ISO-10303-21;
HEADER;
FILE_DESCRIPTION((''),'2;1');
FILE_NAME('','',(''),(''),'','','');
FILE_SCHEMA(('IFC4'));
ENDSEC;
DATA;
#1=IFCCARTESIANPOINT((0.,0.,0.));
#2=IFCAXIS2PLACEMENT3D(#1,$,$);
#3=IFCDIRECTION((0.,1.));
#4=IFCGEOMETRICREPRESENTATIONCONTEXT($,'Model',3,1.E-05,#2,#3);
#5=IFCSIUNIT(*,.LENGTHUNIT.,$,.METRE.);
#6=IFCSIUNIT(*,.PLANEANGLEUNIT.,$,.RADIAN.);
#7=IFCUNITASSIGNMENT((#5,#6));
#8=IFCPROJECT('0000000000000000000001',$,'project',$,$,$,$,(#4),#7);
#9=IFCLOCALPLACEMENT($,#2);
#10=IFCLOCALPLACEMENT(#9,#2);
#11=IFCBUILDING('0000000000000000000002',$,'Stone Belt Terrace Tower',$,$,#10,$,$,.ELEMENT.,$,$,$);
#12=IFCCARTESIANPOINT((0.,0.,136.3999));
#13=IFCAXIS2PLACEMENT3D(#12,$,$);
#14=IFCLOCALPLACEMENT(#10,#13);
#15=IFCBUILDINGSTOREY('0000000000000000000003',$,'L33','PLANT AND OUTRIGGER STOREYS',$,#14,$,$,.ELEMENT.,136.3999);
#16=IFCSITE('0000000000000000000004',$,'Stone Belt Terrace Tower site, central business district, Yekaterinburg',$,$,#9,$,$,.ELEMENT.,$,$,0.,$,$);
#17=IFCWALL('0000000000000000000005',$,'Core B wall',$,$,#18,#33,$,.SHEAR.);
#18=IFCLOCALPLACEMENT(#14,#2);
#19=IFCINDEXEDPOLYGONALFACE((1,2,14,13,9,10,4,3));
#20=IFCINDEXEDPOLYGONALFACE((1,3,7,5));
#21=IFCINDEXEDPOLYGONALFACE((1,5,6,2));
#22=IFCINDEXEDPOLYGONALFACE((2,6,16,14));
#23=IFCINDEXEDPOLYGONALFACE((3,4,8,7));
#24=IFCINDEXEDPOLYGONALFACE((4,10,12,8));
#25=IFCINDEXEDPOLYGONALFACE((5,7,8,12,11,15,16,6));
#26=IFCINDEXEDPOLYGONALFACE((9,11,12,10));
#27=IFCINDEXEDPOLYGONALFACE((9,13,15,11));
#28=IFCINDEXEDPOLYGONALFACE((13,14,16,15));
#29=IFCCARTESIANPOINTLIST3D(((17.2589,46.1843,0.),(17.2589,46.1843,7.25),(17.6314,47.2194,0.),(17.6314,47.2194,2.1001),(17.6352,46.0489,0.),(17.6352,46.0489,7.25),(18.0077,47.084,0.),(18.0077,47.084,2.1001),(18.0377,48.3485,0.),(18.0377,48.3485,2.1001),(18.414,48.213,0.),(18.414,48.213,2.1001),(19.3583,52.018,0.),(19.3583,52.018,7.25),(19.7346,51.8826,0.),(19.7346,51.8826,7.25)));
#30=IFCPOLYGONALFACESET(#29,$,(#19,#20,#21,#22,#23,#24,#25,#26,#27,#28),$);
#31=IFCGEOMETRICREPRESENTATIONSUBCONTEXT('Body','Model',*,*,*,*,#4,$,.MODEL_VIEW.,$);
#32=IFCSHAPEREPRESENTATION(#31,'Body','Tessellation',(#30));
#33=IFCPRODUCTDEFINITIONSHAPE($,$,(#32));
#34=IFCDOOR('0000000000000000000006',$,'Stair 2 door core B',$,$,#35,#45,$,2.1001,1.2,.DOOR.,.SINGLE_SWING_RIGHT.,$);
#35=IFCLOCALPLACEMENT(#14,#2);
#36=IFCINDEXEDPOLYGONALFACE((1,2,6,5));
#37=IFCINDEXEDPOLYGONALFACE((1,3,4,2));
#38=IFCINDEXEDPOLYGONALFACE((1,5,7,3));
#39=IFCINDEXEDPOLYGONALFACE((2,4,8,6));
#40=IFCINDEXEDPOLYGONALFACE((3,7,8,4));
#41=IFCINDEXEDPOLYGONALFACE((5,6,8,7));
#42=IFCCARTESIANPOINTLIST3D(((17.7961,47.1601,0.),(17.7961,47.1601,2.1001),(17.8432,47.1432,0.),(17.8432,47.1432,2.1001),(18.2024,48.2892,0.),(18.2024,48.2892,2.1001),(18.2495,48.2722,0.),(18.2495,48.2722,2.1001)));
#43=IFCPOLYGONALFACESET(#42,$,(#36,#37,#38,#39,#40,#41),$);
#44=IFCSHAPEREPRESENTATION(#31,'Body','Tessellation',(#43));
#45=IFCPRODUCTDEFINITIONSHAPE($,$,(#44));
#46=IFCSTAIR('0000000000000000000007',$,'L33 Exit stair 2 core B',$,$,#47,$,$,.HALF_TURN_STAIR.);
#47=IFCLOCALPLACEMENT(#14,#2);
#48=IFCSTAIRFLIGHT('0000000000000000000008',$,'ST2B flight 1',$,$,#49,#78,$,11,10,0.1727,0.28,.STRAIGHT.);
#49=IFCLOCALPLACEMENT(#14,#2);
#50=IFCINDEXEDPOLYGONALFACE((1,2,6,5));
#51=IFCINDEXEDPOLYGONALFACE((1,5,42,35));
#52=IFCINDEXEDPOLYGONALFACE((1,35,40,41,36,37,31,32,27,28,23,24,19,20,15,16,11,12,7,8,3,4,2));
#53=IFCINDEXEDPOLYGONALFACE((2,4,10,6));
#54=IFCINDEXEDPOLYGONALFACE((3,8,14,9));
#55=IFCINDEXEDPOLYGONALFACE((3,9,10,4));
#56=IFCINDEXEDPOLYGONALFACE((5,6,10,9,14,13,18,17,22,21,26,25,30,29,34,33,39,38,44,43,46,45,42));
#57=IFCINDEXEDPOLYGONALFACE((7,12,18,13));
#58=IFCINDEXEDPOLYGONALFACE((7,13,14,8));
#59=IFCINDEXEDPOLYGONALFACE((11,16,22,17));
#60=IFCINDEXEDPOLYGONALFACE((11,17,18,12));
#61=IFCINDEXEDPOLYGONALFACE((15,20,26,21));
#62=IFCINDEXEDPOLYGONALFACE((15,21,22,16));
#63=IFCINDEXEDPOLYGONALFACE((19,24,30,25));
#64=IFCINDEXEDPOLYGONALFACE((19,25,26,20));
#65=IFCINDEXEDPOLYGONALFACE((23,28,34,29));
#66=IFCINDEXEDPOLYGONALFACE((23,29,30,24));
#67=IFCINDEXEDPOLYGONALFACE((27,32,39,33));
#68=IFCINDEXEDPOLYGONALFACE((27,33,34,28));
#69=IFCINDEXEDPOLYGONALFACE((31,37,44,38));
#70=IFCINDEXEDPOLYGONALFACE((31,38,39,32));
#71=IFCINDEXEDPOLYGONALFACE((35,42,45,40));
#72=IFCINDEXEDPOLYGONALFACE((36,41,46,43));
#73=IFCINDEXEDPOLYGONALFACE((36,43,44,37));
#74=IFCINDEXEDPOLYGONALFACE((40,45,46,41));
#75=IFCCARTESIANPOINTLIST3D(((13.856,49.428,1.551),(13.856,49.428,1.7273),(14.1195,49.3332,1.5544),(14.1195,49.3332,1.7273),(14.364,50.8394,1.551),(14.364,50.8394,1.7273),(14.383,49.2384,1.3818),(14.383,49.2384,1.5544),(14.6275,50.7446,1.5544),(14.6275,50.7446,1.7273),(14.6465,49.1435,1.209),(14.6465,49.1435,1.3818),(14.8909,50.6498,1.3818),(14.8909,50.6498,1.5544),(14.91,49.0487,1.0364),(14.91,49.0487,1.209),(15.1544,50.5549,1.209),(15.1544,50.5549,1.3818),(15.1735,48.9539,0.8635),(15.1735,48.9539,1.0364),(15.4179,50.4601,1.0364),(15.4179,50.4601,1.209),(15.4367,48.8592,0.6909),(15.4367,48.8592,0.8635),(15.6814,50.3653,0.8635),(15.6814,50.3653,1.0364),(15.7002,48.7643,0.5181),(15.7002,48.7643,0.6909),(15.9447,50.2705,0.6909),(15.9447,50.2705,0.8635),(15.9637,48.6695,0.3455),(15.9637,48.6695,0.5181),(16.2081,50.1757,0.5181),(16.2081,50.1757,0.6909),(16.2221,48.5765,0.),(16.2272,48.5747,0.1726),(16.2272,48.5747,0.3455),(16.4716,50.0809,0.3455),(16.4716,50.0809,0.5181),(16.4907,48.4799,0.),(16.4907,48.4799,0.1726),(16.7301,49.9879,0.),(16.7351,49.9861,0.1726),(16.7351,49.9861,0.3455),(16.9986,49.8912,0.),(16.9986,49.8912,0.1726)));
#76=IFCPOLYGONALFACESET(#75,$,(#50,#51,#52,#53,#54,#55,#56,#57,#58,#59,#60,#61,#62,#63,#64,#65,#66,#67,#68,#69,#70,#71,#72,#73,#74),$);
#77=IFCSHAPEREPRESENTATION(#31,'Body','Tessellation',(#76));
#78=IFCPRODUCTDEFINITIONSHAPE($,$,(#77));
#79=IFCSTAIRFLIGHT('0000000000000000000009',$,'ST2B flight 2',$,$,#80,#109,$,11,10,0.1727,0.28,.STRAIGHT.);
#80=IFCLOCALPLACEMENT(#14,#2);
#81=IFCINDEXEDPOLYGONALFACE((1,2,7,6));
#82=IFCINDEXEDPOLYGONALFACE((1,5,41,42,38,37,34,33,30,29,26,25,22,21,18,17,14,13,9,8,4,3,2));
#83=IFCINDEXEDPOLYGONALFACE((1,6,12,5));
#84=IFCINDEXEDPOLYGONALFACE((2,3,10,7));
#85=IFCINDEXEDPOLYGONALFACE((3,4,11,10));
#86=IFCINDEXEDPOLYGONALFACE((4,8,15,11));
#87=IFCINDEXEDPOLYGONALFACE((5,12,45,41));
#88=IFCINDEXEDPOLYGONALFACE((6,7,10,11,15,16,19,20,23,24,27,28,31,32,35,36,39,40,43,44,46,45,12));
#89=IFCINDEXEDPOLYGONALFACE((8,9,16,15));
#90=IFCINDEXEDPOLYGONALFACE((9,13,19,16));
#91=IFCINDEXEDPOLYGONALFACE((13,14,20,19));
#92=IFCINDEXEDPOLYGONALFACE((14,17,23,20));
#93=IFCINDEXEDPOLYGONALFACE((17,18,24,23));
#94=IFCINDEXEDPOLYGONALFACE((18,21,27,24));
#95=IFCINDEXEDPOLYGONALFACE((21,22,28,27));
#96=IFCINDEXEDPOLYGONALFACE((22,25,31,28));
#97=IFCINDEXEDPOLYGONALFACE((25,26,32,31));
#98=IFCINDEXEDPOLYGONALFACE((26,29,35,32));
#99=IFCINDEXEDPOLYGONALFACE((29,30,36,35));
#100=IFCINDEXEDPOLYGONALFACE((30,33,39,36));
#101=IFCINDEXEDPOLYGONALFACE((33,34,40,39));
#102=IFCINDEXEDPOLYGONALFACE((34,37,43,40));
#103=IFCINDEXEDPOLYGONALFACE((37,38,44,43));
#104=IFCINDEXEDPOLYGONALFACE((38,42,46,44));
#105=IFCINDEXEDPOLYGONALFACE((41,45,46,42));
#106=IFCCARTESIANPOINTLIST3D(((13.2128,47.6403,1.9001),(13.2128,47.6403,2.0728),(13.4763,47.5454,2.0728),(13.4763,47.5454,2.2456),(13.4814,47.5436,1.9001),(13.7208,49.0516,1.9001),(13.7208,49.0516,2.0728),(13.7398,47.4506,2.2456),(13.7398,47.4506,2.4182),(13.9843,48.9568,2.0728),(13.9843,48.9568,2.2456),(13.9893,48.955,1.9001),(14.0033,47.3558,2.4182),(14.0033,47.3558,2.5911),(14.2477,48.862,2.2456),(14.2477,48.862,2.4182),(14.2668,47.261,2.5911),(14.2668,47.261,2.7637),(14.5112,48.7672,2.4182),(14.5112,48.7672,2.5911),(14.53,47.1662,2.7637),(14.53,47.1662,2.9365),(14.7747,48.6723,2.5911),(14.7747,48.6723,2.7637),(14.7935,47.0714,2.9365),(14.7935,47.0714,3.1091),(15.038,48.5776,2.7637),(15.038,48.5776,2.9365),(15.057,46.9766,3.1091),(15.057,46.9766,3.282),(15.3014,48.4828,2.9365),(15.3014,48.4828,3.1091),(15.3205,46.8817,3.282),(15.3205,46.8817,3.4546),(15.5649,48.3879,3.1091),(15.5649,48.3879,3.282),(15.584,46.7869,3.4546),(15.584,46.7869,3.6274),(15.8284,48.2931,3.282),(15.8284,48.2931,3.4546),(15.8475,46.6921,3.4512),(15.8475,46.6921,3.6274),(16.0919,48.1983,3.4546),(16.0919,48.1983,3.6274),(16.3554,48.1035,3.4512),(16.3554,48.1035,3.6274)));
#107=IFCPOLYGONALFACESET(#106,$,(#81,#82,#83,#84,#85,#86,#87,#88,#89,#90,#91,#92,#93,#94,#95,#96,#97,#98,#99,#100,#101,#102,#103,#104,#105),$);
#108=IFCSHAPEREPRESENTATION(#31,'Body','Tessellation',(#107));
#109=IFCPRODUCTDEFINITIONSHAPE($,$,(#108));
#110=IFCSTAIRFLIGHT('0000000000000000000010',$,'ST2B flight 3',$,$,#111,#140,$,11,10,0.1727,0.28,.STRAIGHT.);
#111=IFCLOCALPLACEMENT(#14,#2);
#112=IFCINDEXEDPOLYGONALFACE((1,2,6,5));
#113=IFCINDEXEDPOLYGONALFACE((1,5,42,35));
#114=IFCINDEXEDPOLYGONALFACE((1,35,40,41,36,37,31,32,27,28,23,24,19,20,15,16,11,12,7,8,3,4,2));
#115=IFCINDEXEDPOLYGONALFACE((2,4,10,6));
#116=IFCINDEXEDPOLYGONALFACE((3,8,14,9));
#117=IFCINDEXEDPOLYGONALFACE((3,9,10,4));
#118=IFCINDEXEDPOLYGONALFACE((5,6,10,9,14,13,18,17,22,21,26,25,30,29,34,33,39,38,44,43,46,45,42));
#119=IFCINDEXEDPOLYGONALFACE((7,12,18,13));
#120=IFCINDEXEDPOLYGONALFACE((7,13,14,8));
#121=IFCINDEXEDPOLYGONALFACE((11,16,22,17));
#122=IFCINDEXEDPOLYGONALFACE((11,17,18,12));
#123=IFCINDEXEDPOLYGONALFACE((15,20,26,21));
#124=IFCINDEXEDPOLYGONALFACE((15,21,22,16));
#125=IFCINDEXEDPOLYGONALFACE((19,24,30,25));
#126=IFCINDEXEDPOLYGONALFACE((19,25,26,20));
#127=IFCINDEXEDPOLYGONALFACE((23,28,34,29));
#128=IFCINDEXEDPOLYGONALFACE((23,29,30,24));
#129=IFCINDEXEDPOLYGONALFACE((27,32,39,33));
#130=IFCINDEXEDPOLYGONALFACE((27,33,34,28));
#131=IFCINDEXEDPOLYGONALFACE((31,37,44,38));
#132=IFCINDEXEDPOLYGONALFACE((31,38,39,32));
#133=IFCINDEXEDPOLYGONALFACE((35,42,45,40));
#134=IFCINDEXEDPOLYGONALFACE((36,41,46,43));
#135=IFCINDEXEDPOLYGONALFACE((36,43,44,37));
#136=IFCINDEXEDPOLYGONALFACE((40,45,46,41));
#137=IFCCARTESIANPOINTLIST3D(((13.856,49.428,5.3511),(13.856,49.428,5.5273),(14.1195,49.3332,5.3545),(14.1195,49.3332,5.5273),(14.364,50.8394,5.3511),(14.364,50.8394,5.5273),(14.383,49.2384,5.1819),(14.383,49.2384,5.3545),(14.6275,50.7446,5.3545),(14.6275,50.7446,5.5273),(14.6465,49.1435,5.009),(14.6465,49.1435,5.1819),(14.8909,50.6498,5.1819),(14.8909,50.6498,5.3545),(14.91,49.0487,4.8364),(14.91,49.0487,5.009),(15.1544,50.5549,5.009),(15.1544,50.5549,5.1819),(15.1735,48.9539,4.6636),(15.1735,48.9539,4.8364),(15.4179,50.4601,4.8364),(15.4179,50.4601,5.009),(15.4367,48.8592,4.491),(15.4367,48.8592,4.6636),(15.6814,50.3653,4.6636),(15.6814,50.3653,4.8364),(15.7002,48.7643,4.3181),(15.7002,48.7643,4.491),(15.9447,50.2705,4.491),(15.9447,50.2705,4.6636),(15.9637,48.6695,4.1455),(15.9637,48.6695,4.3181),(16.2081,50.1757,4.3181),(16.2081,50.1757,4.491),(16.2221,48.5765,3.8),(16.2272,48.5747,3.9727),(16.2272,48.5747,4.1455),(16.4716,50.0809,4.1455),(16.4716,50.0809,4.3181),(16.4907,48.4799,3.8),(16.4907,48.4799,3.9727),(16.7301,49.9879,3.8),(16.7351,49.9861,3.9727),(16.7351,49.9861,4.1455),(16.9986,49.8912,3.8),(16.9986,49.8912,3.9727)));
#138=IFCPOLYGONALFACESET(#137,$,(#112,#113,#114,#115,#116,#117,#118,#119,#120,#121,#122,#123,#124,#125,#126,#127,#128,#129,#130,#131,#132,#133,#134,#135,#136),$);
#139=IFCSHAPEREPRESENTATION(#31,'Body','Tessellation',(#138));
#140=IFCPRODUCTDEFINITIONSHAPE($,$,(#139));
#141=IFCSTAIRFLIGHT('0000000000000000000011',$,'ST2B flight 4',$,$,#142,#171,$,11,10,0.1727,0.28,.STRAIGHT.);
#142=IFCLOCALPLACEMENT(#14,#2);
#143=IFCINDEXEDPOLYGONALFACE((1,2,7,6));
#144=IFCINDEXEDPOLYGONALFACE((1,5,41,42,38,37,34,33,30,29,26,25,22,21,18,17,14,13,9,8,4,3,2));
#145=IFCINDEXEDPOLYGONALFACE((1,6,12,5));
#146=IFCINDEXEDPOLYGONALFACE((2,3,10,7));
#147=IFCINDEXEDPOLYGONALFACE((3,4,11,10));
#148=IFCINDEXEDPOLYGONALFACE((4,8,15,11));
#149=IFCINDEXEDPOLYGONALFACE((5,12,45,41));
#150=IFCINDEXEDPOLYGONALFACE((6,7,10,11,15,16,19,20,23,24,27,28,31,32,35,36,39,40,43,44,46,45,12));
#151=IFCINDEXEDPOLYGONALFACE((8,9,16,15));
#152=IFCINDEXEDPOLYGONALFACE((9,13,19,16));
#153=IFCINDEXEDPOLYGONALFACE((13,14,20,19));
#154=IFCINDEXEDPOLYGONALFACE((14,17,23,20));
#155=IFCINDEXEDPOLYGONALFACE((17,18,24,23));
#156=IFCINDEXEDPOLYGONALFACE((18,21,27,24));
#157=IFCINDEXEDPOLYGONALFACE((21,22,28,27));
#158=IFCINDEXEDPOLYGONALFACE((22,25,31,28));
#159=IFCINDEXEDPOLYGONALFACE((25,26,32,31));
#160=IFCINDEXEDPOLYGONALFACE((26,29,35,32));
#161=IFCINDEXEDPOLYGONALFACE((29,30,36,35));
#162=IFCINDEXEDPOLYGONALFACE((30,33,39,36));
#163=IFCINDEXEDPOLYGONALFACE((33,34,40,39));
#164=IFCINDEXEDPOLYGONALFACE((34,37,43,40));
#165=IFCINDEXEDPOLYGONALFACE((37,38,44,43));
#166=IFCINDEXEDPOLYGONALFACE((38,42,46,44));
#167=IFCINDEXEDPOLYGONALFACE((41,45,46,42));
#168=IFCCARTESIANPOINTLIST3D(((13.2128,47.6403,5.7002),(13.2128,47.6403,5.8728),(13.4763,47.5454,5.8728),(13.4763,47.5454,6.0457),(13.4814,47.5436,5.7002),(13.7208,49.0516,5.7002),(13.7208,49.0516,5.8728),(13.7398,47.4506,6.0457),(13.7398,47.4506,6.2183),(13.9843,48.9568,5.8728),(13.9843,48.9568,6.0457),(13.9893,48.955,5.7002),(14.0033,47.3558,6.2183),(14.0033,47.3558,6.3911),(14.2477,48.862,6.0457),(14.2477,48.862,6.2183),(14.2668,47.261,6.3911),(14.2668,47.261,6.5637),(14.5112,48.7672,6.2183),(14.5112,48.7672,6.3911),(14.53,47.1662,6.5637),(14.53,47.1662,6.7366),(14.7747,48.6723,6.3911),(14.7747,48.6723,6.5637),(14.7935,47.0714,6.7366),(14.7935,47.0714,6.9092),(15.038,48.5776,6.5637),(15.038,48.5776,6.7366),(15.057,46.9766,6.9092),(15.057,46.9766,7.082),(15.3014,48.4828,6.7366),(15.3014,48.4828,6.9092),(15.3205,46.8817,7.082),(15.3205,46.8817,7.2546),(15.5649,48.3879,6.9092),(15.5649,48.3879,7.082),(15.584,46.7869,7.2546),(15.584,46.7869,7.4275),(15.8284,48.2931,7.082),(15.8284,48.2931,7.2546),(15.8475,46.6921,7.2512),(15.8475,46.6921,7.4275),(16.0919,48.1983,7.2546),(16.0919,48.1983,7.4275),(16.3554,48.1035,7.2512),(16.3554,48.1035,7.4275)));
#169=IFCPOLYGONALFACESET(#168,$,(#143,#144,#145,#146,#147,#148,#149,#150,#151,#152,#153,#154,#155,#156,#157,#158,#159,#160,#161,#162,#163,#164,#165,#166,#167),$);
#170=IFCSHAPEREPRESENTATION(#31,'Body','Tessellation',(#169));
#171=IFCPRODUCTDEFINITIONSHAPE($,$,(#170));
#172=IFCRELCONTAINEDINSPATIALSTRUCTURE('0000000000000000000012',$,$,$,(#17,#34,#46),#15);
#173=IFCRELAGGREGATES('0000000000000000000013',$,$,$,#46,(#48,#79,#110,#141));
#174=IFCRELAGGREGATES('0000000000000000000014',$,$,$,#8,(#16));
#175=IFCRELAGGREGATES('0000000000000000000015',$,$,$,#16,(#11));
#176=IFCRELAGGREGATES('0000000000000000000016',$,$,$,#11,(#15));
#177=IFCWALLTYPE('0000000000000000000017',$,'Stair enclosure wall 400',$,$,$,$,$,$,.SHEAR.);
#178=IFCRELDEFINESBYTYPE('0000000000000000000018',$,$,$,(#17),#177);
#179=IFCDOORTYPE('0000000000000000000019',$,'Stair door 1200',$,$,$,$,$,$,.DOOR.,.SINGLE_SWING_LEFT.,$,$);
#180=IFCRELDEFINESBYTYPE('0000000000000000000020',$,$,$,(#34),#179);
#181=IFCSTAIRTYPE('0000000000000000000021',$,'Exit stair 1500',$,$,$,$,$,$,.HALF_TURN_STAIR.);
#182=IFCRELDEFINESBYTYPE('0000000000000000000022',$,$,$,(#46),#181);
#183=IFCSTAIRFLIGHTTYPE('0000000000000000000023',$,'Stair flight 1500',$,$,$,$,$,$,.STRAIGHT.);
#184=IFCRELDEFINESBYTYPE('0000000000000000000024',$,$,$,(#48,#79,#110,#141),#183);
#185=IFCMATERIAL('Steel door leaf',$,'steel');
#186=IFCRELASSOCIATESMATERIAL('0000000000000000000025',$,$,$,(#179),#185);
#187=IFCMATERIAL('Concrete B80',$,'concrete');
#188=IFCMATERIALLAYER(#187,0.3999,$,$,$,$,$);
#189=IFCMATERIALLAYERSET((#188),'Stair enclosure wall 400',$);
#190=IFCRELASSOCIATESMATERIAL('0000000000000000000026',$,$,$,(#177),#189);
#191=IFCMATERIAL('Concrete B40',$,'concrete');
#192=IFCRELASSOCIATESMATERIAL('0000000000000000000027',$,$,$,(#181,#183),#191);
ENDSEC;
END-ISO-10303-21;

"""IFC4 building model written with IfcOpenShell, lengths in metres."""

from ifc_helpers import new_model, si_unit, direction, frame, frame_2d, origin, place, context, subcontext, project, spatial, polyline, rectangle, outline, extrude, material, layer, layer_set, type_object, element, fill, aggregate, save


model = new_model("IFC4")

# Units and contexts
model_context = context("Model", 3, precision=1e-05, world=origin(), true_north=direction((0.0, 1.0)))
body_context = subcontext(model_context, "Body", "Model", "MODEL_VIEW")
ifc_project = project(units=[si_unit("LENGTHUNIT", "METRE"), si_unit("PLANEANGLEUNIT", "RADIAN")], contexts=[model_context])

# Site, building, storey
site_placement = place(None, origin())
site = spatial("IfcSite", under=ifc_project, at=site_placement, Name="Stone Belt Terrace Tower site, central business district, Yekaterinburg", CompositionType="ELEMENT", RefElevation=0.0)
building_placement = place(site_placement, origin())
building = spatial("IfcBuilding", under=site, at=building_placement, Name="Stone Belt Terrace Tower", CompositionType="ELEMENT")
storey_placement = place(building_placement, frame((0.0, 0.0, 136.3999)))
storey = spatial("IfcBuildingStorey", under=building, at=storey_placement, Name="L33", Description="PLANT AND OUTRIGGER STOREYS", CompositionType="ELEMENT", Elevation=136.3999)

# Shared definitions
ifc_material_1 = material(Name="Concrete B80", Category="concrete")

# Wall, opening, door
ifc_material_2 = material(Name="Steel door leaf", Category="steel")
door_type_1 = type_object("IfcDoorType", Name="Stair door 1200", OperationType="SINGLE_SWING_LEFT", PredefinedType="DOOR", material=ifc_material_2)
ifc_layer_1 = layer(ifc_material_1, 0.3999)
ifc_layer_set_1 = layer_set([ifc_layer_1], Name="Stair enclosure wall 400")
wall_type_1 = type_object("IfcWallType", Name="Stair enclosure wall 400", PredefinedType="SHEAR", material=ifc_layer_set_1)
wall_1_placement = place(storey_placement, frame((17.447, 46.1165, 0.0), z_axis=(0.0, 0.0, 1.0), x_axis=(0.338608, 0.940928, 0.0)))
wall_1 = element("IfcWall", 1, at=wall_1_placement, inside=storey, type_object=wall_type_1, Name="Core B wall", PredefinedType="SHEAR", context=body_context, shape_type="SweptSolid", body=[
    extrude(rectangle(XDim=6.2, YDim=0.3999, at=frame_2d((3.1001, 0.0))), origin(), (0.0, 0.0, 1.0), 7.25),
])
opening_1_placement = place(wall_1_placement, frame((1.1001, 0.0, 0.0)))
opening_1 = element("IfcOpeningElement", 2, at=opening_1_placement, cuts=wall_1, PredefinedType="OPENING", context=body_context, shape_type="SweptSolid", body=[
    extrude(rectangle(XDim=1.2, YDim=2.1001, at=frame_2d((0.6001, 1.05))), frame((0.0, 0.21, 0.0), z_axis=(0.0, -1.0, 0.0), x_axis=(1.0, 0.0, 0.0)), (0.0, 0.0, 1.0), 0.4199),
])
door_1_placement = place(opening_1_placement, origin())
door_1 = element("IfcDoor", 3, at=door_1_placement, inside=storey, type_object=door_type_1, Name="Stair 2 door core B", OperationType="SINGLE_SWING_RIGHT", OverallHeight=2.1001, OverallWidth=1.2, PredefinedType="DOOR", context=body_context, shape_type="SweptSolid", body=[
    extrude(rectangle(XDim=1.2, YDim=2.1001, at=frame_2d((0.6001, 1.05))), frame((0.0, 0.0249, 0.0), z_axis=(0.0, -1.0, 0.0), x_axis=(1.0, 0.0, 0.0)), (0.0, 0.0, 1.0), 0.05),
])
fill(opening_1, door_1)

# Stair, stair flights
ifc_material_3 = material(Name="Concrete B40", Category="concrete")
stair_type = type_object("IfcStairType", Name="Exit stair 1500", PredefinedType="HALF_TURN_STAIR", material=ifc_material_3)
stair_placement = place(storey_placement, origin())
stair = element("IfcStair", 4, at=stair_placement, inside=storey, type_object=stair_type, Name="L33 Exit stair 2 core B", PredefinedType="HALF_TURN_STAIR")
stair_flight_type = type_object("IfcStairFlightType", Name="Stair flight 1500", PredefinedType="STRAIGHT", material=ifc_material_3)
stair_flight_1_placement = place(storey_placement, frame((16.7446, 49.1855, 0.0), z_axis=(0.0, 0.0, 1.0), x_axis=(-0.940922, 0.338624, 0.0)))
stair_flight_1 = element("IfcStairFlight", 5, at=stair_flight_1_placement, type_object=stair_flight_type, Name="ST2B flight 1", NumberOfRisers=11, NumberOfTreads=10, PredefinedType="STRAIGHT", RiserHeight=0.1727, TreadLength=0.28, context=body_context, shape_type="SweptSolid", body=[
    extrude(outline(polyline([(0.0, 0.0), (0.0, 0.1726), (0.28, 0.1726), (0.28, 0.3455), (0.5601, 0.3455), (0.5601, 0.5181), (0.8401, 0.5181), (0.8401, 0.6909), (1.1201, 0.6909), (1.1201, 0.8635), (1.3999, 0.8635), (1.3999, 1.0364), (1.6799, 1.0364), (1.6799, 1.209), (1.96, 1.209), (1.96, 1.3818), (2.24, 1.3818), (2.24, 1.5544), (2.52, 1.5544), (2.52, 1.7273), (2.8, 1.7273), (2.8, 1.8999), (2.8, 1.551), (0.2854, 0.0), (0.0, 0.0)])), frame((0.0, 0.75, 0.0), z_axis=(0.0, -1.0, 0.0), x_axis=(1.0, 0.0, 0.0)), (0.0, 0.0, 1.0), 1.5),
])
stair_flight_2_placement = place(storey_placement, frame((13.4668, 48.3459, 1.9001), z_axis=(0.0, 0.0, 1.0), x_axis=(0.940922, -0.338624, 0.0)))
stair_flight_2 = element("IfcStairFlight", 6, at=stair_flight_2_placement, type_object=stair_flight_type, Name="ST2B flight 2", NumberOfRisers=11, NumberOfTreads=10, PredefinedType="STRAIGHT", RiserHeight=0.1727, TreadLength=0.28, context=body_context, shape_type="SweptSolid", body=[
    extrude(outline(polyline([(0.0, 0.0), (0.0, 0.1726), (0.28, 0.1726), (0.28, 0.3455), (0.5601, 0.3455), (0.5601, 0.5181), (0.8401, 0.5181), (0.8401, 0.6909), (1.1201, 0.6909), (1.1201, 0.8635), (1.3999, 0.8635), (1.3999, 1.0364), (1.6799, 1.0364), (1.6799, 1.209), (1.96, 1.209), (1.96, 1.3818), (2.24, 1.3818), (2.24, 1.5544), (2.52, 1.5544), (2.52, 1.7273), (2.8, 1.7273), (2.8, 1.8999), (2.8, 1.551), (0.2854, 0.0), (0.0, 0.0)])), frame((0.0, 0.75, 0.0), z_axis=(0.0, -1.0, 0.0), x_axis=(1.0, 0.0, 0.0)), (0.0, 0.0, 1.0), 1.5),
])
stair_flight_3_placement = place(storey_placement, frame((16.7446, 49.1855, 3.8), z_axis=(0.0, 0.0, 1.0), x_axis=(-0.940922, 0.338624, 0.0)))
stair_flight_3 = element("IfcStairFlight", 7, at=stair_flight_3_placement, type_object=stair_flight_type, Name="ST2B flight 3", NumberOfRisers=11, NumberOfTreads=10, PredefinedType="STRAIGHT", RiserHeight=0.1727, TreadLength=0.28, context=body_context, shape_type="SweptSolid", body=[
    extrude(outline(polyline([(0.0, 0.0), (0.0, 0.1726), (0.28, 0.1726), (0.28, 0.3455), (0.5601, 0.3455), (0.5601, 0.5181), (0.8401, 0.5181), (0.8401, 0.6909), (1.1201, 0.6909), (1.1201, 0.8635), (1.3999, 0.8635), (1.3999, 1.0364), (1.6799, 1.0364), (1.6799, 1.209), (1.96, 1.209), (1.96, 1.3818), (2.24, 1.3818), (2.24, 1.5544), (2.52, 1.5544), (2.52, 1.7273), (2.8, 1.7273), (2.8, 1.8999), (2.8, 1.551), (0.2854, 0.0), (0.0, 0.0)])), frame((0.0, 0.75, 0.0), z_axis=(0.0, -1.0, 0.0), x_axis=(1.0, 0.0, 0.0)), (0.0, 0.0, 1.0), 1.5),
])
stair_flight_4_placement = place(storey_placement, frame((13.4668, 48.3459, 5.7002), z_axis=(0.0, 0.0, 1.0), x_axis=(0.940922, -0.338624, 0.0)))
stair_flight_4 = element("IfcStairFlight", 8, at=stair_flight_4_placement, type_object=stair_flight_type, Name="ST2B flight 4", NumberOfRisers=11, NumberOfTreads=10, PredefinedType="STRAIGHT", RiserHeight=0.1727, TreadLength=0.28, context=body_context, shape_type="SweptSolid", body=[
    extrude(outline(polyline([(0.0, 0.0), (0.0, 0.1726), (0.28, 0.1726), (0.28, 0.3455), (0.5601, 0.3455), (0.5601, 0.5181), (0.8401, 0.5181), (0.8401, 0.6909), (1.1201, 0.6909), (1.1201, 0.8635), (1.3999, 0.8635), (1.3999, 1.0364), (1.6799, 1.0364), (1.6799, 1.209), (1.96, 1.209), (1.96, 1.3818), (2.24, 1.3818), (2.24, 1.5544), (2.52, 1.5544), (2.52, 1.7273), (2.8, 1.7273), (2.8, 1.8999), (2.8, 1.551), (0.2854, 0.0), (0.0, 0.0)])), frame((0.0, 0.75, 0.0), z_axis=(0.0, -1.0, 0.0), x_axis=(1.0, 0.0, 0.0)), (0.0, 0.0, 1.0), 1.5),
])
aggregate(stair, [stair_flight_1, stair_flight_2, stair_flight_3, stair_flight_4])

save(model, "model.ifc")
